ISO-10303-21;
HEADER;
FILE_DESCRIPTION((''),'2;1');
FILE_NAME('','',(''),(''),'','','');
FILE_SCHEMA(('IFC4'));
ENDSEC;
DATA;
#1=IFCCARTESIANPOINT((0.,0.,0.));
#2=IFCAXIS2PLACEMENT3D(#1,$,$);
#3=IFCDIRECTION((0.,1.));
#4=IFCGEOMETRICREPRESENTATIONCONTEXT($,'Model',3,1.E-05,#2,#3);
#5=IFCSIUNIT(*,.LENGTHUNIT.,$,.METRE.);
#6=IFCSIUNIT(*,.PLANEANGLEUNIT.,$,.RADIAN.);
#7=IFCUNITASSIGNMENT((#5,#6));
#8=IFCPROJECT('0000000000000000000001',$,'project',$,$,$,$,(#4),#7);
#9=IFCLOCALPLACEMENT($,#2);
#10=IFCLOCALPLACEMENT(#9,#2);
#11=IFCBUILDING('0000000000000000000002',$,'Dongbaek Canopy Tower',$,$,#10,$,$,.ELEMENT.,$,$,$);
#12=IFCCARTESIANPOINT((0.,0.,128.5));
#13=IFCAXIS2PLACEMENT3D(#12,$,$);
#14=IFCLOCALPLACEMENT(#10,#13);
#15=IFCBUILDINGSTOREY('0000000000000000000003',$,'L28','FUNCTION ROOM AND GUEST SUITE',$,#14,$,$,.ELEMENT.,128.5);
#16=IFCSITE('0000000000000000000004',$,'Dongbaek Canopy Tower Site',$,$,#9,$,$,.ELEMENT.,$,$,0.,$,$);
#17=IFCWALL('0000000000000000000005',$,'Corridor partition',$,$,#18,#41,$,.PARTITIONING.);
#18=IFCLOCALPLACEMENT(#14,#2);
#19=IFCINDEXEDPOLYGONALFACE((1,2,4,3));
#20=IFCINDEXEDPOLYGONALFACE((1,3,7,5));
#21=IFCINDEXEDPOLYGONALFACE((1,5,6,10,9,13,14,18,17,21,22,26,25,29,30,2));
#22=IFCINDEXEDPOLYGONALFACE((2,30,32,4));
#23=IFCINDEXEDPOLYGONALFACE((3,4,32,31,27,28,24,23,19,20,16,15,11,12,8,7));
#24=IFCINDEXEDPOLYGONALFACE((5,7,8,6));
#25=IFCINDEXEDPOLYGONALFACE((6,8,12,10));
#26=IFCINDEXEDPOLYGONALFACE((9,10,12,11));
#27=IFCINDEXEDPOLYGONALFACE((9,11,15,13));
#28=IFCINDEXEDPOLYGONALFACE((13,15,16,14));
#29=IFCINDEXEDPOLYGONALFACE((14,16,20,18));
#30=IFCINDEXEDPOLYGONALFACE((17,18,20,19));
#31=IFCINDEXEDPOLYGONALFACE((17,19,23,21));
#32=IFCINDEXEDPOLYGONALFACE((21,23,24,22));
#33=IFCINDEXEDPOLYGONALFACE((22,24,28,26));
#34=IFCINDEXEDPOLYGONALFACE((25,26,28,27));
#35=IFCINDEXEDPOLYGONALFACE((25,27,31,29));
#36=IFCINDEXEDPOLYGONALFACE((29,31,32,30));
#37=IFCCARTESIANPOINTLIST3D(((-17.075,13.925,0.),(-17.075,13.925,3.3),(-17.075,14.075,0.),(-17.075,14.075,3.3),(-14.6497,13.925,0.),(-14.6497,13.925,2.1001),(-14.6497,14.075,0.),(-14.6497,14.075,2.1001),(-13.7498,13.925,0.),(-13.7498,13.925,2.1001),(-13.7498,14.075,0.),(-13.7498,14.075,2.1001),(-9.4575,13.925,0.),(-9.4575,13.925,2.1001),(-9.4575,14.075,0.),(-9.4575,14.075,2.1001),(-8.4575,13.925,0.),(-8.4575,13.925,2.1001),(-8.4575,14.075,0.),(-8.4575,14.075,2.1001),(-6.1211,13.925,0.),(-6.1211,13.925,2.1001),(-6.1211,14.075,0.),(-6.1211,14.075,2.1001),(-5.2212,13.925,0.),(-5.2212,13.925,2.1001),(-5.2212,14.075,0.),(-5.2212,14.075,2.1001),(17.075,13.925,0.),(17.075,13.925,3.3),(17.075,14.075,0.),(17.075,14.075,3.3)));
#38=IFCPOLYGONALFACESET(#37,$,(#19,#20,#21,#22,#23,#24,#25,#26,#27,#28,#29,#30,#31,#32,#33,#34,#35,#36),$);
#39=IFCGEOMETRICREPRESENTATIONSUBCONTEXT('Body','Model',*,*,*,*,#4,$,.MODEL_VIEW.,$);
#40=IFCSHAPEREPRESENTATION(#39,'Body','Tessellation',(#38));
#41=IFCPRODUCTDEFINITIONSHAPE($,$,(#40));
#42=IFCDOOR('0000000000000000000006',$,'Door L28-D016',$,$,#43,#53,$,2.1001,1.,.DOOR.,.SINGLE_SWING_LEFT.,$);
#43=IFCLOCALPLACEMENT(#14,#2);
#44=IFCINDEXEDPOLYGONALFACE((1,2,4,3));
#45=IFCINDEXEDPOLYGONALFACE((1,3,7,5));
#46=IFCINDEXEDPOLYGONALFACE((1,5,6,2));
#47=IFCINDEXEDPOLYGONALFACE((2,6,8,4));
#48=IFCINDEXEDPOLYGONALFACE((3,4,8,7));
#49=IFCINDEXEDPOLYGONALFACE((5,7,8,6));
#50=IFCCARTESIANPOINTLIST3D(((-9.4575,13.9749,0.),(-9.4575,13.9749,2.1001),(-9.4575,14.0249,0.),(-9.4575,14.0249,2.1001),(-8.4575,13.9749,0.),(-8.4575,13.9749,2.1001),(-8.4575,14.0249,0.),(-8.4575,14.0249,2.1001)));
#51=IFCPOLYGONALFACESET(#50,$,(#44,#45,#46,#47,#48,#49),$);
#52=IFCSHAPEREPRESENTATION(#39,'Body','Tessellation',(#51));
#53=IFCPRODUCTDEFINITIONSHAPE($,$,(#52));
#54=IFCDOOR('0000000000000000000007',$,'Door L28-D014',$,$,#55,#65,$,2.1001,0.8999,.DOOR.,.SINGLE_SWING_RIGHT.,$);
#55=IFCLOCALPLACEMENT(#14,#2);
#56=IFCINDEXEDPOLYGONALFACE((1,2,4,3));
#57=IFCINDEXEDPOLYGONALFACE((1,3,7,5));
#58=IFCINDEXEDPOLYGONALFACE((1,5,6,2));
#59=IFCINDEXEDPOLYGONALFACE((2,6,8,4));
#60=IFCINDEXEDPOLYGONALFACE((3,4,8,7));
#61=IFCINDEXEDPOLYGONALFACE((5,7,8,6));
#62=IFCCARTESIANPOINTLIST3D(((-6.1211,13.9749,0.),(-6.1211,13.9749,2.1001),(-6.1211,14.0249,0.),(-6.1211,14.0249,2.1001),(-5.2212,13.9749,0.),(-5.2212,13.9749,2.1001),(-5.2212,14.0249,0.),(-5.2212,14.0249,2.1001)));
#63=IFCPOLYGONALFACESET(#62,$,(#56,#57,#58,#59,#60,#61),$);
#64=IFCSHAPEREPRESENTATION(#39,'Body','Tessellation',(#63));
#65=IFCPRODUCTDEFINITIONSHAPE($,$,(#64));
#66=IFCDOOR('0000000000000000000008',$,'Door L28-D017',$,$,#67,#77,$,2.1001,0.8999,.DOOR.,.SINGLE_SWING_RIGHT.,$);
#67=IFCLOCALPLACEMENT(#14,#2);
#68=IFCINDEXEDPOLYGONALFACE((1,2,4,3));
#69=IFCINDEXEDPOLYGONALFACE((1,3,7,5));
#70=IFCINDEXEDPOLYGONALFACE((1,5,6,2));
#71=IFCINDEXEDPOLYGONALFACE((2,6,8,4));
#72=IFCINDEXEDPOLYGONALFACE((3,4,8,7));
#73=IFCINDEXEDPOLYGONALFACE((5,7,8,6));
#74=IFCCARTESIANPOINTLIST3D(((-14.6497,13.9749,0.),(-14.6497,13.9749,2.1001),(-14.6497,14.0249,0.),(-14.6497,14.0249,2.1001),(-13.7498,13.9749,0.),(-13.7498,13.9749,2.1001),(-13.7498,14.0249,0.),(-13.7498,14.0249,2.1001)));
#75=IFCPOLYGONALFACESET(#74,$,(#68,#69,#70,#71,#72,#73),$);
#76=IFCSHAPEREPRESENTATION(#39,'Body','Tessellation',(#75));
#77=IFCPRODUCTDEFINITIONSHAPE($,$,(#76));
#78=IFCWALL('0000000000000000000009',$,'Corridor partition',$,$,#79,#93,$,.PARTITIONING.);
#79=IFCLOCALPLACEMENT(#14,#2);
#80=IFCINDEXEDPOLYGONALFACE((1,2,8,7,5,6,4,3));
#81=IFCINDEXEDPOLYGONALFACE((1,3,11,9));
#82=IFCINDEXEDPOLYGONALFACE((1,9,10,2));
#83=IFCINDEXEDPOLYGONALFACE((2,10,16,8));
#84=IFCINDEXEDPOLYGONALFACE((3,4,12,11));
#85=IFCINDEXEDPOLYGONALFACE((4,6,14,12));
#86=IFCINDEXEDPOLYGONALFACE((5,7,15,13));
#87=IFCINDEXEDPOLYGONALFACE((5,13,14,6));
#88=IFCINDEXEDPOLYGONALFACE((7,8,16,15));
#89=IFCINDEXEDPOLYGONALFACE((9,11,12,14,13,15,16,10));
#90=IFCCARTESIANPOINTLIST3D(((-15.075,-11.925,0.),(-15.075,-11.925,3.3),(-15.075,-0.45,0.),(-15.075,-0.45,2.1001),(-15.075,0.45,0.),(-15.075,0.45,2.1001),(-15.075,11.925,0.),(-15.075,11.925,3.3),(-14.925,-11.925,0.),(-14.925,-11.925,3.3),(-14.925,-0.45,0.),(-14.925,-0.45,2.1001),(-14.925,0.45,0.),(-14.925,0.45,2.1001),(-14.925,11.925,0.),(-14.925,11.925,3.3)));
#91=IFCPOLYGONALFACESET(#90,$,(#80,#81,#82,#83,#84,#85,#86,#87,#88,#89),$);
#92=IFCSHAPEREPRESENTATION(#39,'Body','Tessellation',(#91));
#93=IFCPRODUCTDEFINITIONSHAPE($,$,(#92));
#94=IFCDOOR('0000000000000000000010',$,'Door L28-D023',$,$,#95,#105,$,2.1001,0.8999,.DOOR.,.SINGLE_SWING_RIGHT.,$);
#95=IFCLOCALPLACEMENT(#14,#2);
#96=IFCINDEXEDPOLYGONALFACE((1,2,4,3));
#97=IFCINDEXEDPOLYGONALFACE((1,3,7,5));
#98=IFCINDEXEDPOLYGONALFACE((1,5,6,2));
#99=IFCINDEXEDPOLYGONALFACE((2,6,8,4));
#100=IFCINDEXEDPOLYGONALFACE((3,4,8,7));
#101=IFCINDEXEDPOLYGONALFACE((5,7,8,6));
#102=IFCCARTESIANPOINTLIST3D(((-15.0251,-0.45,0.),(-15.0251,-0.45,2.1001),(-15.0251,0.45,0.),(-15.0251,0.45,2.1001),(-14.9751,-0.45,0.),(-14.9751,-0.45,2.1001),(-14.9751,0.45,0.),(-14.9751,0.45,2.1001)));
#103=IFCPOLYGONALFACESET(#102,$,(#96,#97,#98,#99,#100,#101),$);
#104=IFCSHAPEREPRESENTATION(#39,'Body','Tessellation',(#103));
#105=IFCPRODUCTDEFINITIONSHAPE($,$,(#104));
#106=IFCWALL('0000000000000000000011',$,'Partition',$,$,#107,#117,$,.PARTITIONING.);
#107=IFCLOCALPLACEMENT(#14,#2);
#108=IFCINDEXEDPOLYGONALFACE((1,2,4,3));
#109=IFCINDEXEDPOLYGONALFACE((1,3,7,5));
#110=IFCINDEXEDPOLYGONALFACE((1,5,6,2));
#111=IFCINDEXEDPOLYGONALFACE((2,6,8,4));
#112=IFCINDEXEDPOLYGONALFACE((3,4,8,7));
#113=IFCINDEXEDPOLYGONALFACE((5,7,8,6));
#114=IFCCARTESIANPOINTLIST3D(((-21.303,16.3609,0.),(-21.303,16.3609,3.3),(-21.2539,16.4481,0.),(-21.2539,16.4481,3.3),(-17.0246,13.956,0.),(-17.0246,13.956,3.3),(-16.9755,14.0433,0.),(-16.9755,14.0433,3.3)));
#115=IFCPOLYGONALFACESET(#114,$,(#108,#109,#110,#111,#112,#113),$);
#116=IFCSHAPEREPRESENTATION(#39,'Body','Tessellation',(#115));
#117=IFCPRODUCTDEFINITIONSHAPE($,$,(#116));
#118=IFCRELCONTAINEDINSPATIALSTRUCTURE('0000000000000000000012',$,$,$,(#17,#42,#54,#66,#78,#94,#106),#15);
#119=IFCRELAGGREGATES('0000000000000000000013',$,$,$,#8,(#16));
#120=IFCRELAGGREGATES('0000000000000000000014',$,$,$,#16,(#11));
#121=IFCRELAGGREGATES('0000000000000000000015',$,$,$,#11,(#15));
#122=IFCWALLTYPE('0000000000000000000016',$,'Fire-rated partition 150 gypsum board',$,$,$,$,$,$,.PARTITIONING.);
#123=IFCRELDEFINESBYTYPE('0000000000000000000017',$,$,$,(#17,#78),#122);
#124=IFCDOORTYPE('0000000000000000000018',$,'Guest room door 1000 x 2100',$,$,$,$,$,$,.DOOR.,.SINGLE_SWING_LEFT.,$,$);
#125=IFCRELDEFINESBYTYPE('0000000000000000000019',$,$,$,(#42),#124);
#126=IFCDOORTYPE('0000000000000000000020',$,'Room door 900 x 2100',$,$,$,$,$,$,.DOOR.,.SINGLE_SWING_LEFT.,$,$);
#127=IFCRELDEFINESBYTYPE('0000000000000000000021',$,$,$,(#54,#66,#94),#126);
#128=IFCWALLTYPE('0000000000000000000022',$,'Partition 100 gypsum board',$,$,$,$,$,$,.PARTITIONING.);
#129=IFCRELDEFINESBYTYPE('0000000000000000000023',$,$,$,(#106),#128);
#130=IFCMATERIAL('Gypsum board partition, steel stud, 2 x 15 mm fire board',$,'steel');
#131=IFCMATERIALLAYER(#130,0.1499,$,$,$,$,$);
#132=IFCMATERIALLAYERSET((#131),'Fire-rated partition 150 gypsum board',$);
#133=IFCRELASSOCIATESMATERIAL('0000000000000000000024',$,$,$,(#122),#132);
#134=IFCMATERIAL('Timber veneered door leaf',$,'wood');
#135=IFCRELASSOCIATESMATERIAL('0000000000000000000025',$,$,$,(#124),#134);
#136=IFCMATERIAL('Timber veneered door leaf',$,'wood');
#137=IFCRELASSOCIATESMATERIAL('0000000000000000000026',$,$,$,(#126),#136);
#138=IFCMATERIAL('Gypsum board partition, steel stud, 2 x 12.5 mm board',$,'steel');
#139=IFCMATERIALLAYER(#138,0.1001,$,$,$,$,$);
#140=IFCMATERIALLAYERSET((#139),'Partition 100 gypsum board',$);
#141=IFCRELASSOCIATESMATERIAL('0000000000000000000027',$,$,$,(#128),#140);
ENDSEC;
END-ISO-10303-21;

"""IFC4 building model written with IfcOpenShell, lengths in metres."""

from ifc_helpers import new_model, si_unit, direction, frame, frame_2d, origin, place, context, subcontext, project, spatial, rectangle, extrude, material, layer, layer_set, type_object, element, fill, save


model = new_model("IFC4")

# Units and contexts
model_context = context("Model", 3, precision=1e-05, world=origin(), true_north=direction((0.0, 1.0)))
body_context = subcontext(model_context, "Body", "Model", "MODEL_VIEW")
ifc_project = project(units=[si_unit("LENGTHUNIT", "METRE"), si_unit("PLANEANGLEUNIT", "RADIAN")], contexts=[model_context])

# Site, building, storey
site_placement = place(None, origin())
site = spatial("IfcSite", under=ifc_project, at=site_placement, Name="Dongbaek Canopy Tower Site", CompositionType="ELEMENT", RefElevation=0.0)
building_placement = place(site_placement, origin())
building = spatial("IfcBuilding", under=site, at=building_placement, Name="Dongbaek Canopy Tower", CompositionType="ELEMENT")
storey_placement = place(building_placement, frame((0.0, 0.0, 128.5)))
storey = spatial("IfcBuildingStorey", under=building, at=storey_placement, Name="L28", Description="FUNCTION ROOM AND GUEST SUITE", CompositionType="ELEMENT", Elevation=128.5)

# Shared definitions
ifc_material_1 = material(Name="Gypsum board partition, steel stud, 2 x 15 mm fire board", Category="steel")
ifc_layer_1 = layer(ifc_material_1, 0.1499)
ifc_layer_set_1 = layer_set([ifc_layer_1], Name="Fire-rated partition 150 gypsum board")
wall_type_1 = type_object("IfcWallType", Name="Fire-rated partition 150 gypsum board", PredefinedType="PARTITIONING", material=ifc_layer_set_1)

# Wall, openings, doors
wall_1_placement = place(storey_placement, frame((-17.075, 14.0, 0.0), z_axis=(0.0, 0.0, 1.0), x_axis=(1.0, 0.0, 0.0)))
wall_1 = element("IfcWall", 1, at=wall_1_placement, inside=storey, type_object=wall_type_1, Name="Corridor partition", PredefinedType="PARTITIONING", context=body_context, shape_type="SweptSolid", body=[
    extrude(rectangle(XDim=34.1499, YDim=0.1499, at=frame_2d((17.075, 0.0))), origin(), (0.0, 0.0, 1.0), 3.3),
])
opening_1_placement = place(wall_1_placement, frame((10.9539, 0.0, 0.0)))
opening_1 = element("IfcOpeningElement", 2, at=opening_1_placement, cuts=wall_1, PredefinedType="OPENING", context=body_context, shape_type="SweptSolid", body=[
    extrude(rectangle(XDim=0.8999, YDim=2.1001, at=frame_2d((0.45, 1.05))), frame((0.0, 0.085, 0.0), z_axis=(0.0, -1.0, 0.0), x_axis=(1.0, 0.0, 0.0)), (0.0, 0.0, 1.0), 0.1699),
])
opening_2_placement = place(wall_1_placement, frame((7.6174, 0.0, 0.0)))
opening_2 = element("IfcOpeningElement", 3, at=opening_2_placement, cuts=wall_1, PredefinedType="OPENING", context=body_context, shape_type="SweptSolid", body=[
    extrude(rectangle(XDim=1.0, YDim=2.1001, at=frame_2d((0.5, 1.05))), frame((0.0, 0.085, 0.0), z_axis=(0.0, -1.0, 0.0), x_axis=(1.0, 0.0, 0.0)), (0.0, 0.0, 1.0), 0.1699),
])
opening_3_placement = place(wall_1_placement, frame((2.4253, 0.0, 0.0)))
opening_3 = element("IfcOpeningElement", 4, at=opening_3_placement, cuts=wall_1, PredefinedType="OPENING", context=body_context, shape_type="SweptSolid", body=[
    extrude(rectangle(XDim=0.8999, YDim=2.1001, at=frame_2d((0.45, 1.05))), frame((0.0, 0.085, 0.0), z_axis=(0.0, -1.0, 0.0), x_axis=(1.0, 0.0, 0.0)), (0.0, 0.0, 1.0), 0.1699),
])
ifc_material_2 = material(Name="Timber veneered door leaf", Category="wood")
door_type_1 = type_object("IfcDoorType", Name="Guest room door 1000 x 2100", OperationType="SINGLE_SWING_LEFT", PredefinedType="DOOR", material=ifc_material_2)
door_1_placement = place(opening_2_placement, origin())
door_1 = element("IfcDoor", 5, at=door_1_placement, inside=storey, type_object=door_type_1, Name="Door L28-D016", OperationType="SINGLE_SWING_LEFT", OverallHeight=2.1001, OverallWidth=1.0, PredefinedType="DOOR", context=body_context, shape_type="SweptSolid", body=[
    extrude(rectangle(XDim=1.0, YDim=2.1001, at=frame_2d((0.5, 1.05))), frame((0.0, 0.0249, 0.0), z_axis=(0.0, -1.0, 0.0), x_axis=(1.0, 0.0, 0.0)), (0.0, 0.0, 1.0), 0.05),
])
fill(opening_2, door_1)
ifc_material_3 = material(Name="Timber veneered door leaf", Category="wood")
door_type_2 = type_object("IfcDoorType", Name="Room door 900 x 2100", OperationType="SINGLE_SWING_LEFT", PredefinedType="DOOR", material=ifc_material_3)
door_2_placement = place(opening_1_placement, origin())
door_2 = element("IfcDoor", 6, at=door_2_placement, inside=storey, type_object=door_type_2, Name="Door L28-D014", OperationType="SINGLE_SWING_RIGHT", OverallHeight=2.1001, OverallWidth=0.8999, PredefinedType="DOOR", context=body_context, shape_type="SweptSolid", body=[
    extrude(rectangle(XDim=0.8999, YDim=2.1001, at=frame_2d((0.45, 1.05))), frame((0.0, 0.0249, 0.0), z_axis=(0.0, -1.0, 0.0), x_axis=(1.0, 0.0, 0.0)), (0.0, 0.0, 1.0), 0.05),
])
fill(opening_1, door_2)
door_3_placement = place(opening_3_placement, origin())
door_3 = element("IfcDoor", 7, at=door_3_placement, inside=storey, type_object=door_type_2, Name="Door L28-D017", OperationType="SINGLE_SWING_RIGHT", OverallHeight=2.1001, OverallWidth=0.8999, PredefinedType="DOOR", context=body_context, shape_type="SweptSolid", body=[
    extrude(rectangle(XDim=0.8999, YDim=2.1001, at=frame_2d((0.45, 1.05))), frame((0.0, 0.0249, 0.0), z_axis=(0.0, -1.0, 0.0), x_axis=(1.0, 0.0, 0.0)), (0.0, 0.0, 1.0), 0.05),
])
fill(opening_3, door_3)

# Wall, opening, door
wall_2_placement = place(storey_placement, frame((-15.0, 11.925, 0.0), z_axis=(0.0, 0.0, 1.0), x_axis=(0.0, -1.0, 0.0)))
wall_2 = element("IfcWall", 8, at=wall_2_placement, inside=storey, type_object=wall_type_1, Name="Corridor partition", PredefinedType="PARTITIONING", context=body_context, shape_type="SweptSolid", body=[
    extrude(rectangle(XDim=23.8501, YDim=0.1499, at=frame_2d((11.925, 0.0))), origin(), (0.0, 0.0, 1.0), 3.3),
])
opening_4_placement = place(wall_2_placement, frame((11.4751, 0.0, 0.0)))
opening_4 = element("IfcOpeningElement", 9, at=opening_4_placement, cuts=wall_2, PredefinedType="OPENING", context=body_context, shape_type="SweptSolid", body=[
    extrude(rectangle(XDim=0.8999, YDim=2.1001, at=frame_2d((0.45, 1.05))), frame((0.0, 0.085, 0.0), z_axis=(0.0, -1.0, 0.0), x_axis=(1.0, 0.0, 0.0)), (0.0, 0.0, 1.0), 0.1699),
])
door_4_placement = place(opening_4_placement, origin())
door_4 = element("IfcDoor", 10, at=door_4_placement, inside=storey, type_object=door_type_2, Name="Door L28-D023", OperationType="SINGLE_SWING_RIGHT", OverallHeight=2.1001, OverallWidth=0.8999, PredefinedType="DOOR", context=body_context, shape_type="SweptSolid", body=[
    extrude(rectangle(XDim=0.8999, YDim=2.1001, at=frame_2d((0.45, 1.05))), frame((0.0, 0.0249, 0.0), z_axis=(0.0, -1.0, 0.0), x_axis=(1.0, 0.0, 0.0)), (0.0, 0.0, 1.0), 0.05),
])
fill(opening_4, door_4)

# Wall
ifc_material_4 = material(Name="Gypsum board partition, steel stud, 2 x 12.5 mm board", Category="steel")
ifc_layer_2 = layer(ifc_material_4, 0.1001)
ifc_layer_set_2 = layer_set([ifc_layer_2], Name="Partition 100 gypsum board")
wall_type_2 = type_object("IfcWallType", Name="Partition 100 gypsum board", PredefinedType="PARTITIONING", material=ifc_layer_set_2)
wall_3_placement = place(storey_placement, frame((-21.2786, 16.4045, 0.0), z_axis=(0.0, 0.0, 1.0), x_axis=(0.87173, -0.489987, 0.0)))
element("IfcWall", 11, at=wall_3_placement, inside=storey, type_object=wall_type_2, Name="Partition", PredefinedType="PARTITIONING", context=body_context, shape_type="SweptSolid", body=[
    extrude(rectangle(XDim=4.908, YDim=0.1001, at=frame_2d((2.4541, 0.0))), origin(), (0.0, 0.0, 1.0), 3.3),
])

save(model, "model.ifc")
